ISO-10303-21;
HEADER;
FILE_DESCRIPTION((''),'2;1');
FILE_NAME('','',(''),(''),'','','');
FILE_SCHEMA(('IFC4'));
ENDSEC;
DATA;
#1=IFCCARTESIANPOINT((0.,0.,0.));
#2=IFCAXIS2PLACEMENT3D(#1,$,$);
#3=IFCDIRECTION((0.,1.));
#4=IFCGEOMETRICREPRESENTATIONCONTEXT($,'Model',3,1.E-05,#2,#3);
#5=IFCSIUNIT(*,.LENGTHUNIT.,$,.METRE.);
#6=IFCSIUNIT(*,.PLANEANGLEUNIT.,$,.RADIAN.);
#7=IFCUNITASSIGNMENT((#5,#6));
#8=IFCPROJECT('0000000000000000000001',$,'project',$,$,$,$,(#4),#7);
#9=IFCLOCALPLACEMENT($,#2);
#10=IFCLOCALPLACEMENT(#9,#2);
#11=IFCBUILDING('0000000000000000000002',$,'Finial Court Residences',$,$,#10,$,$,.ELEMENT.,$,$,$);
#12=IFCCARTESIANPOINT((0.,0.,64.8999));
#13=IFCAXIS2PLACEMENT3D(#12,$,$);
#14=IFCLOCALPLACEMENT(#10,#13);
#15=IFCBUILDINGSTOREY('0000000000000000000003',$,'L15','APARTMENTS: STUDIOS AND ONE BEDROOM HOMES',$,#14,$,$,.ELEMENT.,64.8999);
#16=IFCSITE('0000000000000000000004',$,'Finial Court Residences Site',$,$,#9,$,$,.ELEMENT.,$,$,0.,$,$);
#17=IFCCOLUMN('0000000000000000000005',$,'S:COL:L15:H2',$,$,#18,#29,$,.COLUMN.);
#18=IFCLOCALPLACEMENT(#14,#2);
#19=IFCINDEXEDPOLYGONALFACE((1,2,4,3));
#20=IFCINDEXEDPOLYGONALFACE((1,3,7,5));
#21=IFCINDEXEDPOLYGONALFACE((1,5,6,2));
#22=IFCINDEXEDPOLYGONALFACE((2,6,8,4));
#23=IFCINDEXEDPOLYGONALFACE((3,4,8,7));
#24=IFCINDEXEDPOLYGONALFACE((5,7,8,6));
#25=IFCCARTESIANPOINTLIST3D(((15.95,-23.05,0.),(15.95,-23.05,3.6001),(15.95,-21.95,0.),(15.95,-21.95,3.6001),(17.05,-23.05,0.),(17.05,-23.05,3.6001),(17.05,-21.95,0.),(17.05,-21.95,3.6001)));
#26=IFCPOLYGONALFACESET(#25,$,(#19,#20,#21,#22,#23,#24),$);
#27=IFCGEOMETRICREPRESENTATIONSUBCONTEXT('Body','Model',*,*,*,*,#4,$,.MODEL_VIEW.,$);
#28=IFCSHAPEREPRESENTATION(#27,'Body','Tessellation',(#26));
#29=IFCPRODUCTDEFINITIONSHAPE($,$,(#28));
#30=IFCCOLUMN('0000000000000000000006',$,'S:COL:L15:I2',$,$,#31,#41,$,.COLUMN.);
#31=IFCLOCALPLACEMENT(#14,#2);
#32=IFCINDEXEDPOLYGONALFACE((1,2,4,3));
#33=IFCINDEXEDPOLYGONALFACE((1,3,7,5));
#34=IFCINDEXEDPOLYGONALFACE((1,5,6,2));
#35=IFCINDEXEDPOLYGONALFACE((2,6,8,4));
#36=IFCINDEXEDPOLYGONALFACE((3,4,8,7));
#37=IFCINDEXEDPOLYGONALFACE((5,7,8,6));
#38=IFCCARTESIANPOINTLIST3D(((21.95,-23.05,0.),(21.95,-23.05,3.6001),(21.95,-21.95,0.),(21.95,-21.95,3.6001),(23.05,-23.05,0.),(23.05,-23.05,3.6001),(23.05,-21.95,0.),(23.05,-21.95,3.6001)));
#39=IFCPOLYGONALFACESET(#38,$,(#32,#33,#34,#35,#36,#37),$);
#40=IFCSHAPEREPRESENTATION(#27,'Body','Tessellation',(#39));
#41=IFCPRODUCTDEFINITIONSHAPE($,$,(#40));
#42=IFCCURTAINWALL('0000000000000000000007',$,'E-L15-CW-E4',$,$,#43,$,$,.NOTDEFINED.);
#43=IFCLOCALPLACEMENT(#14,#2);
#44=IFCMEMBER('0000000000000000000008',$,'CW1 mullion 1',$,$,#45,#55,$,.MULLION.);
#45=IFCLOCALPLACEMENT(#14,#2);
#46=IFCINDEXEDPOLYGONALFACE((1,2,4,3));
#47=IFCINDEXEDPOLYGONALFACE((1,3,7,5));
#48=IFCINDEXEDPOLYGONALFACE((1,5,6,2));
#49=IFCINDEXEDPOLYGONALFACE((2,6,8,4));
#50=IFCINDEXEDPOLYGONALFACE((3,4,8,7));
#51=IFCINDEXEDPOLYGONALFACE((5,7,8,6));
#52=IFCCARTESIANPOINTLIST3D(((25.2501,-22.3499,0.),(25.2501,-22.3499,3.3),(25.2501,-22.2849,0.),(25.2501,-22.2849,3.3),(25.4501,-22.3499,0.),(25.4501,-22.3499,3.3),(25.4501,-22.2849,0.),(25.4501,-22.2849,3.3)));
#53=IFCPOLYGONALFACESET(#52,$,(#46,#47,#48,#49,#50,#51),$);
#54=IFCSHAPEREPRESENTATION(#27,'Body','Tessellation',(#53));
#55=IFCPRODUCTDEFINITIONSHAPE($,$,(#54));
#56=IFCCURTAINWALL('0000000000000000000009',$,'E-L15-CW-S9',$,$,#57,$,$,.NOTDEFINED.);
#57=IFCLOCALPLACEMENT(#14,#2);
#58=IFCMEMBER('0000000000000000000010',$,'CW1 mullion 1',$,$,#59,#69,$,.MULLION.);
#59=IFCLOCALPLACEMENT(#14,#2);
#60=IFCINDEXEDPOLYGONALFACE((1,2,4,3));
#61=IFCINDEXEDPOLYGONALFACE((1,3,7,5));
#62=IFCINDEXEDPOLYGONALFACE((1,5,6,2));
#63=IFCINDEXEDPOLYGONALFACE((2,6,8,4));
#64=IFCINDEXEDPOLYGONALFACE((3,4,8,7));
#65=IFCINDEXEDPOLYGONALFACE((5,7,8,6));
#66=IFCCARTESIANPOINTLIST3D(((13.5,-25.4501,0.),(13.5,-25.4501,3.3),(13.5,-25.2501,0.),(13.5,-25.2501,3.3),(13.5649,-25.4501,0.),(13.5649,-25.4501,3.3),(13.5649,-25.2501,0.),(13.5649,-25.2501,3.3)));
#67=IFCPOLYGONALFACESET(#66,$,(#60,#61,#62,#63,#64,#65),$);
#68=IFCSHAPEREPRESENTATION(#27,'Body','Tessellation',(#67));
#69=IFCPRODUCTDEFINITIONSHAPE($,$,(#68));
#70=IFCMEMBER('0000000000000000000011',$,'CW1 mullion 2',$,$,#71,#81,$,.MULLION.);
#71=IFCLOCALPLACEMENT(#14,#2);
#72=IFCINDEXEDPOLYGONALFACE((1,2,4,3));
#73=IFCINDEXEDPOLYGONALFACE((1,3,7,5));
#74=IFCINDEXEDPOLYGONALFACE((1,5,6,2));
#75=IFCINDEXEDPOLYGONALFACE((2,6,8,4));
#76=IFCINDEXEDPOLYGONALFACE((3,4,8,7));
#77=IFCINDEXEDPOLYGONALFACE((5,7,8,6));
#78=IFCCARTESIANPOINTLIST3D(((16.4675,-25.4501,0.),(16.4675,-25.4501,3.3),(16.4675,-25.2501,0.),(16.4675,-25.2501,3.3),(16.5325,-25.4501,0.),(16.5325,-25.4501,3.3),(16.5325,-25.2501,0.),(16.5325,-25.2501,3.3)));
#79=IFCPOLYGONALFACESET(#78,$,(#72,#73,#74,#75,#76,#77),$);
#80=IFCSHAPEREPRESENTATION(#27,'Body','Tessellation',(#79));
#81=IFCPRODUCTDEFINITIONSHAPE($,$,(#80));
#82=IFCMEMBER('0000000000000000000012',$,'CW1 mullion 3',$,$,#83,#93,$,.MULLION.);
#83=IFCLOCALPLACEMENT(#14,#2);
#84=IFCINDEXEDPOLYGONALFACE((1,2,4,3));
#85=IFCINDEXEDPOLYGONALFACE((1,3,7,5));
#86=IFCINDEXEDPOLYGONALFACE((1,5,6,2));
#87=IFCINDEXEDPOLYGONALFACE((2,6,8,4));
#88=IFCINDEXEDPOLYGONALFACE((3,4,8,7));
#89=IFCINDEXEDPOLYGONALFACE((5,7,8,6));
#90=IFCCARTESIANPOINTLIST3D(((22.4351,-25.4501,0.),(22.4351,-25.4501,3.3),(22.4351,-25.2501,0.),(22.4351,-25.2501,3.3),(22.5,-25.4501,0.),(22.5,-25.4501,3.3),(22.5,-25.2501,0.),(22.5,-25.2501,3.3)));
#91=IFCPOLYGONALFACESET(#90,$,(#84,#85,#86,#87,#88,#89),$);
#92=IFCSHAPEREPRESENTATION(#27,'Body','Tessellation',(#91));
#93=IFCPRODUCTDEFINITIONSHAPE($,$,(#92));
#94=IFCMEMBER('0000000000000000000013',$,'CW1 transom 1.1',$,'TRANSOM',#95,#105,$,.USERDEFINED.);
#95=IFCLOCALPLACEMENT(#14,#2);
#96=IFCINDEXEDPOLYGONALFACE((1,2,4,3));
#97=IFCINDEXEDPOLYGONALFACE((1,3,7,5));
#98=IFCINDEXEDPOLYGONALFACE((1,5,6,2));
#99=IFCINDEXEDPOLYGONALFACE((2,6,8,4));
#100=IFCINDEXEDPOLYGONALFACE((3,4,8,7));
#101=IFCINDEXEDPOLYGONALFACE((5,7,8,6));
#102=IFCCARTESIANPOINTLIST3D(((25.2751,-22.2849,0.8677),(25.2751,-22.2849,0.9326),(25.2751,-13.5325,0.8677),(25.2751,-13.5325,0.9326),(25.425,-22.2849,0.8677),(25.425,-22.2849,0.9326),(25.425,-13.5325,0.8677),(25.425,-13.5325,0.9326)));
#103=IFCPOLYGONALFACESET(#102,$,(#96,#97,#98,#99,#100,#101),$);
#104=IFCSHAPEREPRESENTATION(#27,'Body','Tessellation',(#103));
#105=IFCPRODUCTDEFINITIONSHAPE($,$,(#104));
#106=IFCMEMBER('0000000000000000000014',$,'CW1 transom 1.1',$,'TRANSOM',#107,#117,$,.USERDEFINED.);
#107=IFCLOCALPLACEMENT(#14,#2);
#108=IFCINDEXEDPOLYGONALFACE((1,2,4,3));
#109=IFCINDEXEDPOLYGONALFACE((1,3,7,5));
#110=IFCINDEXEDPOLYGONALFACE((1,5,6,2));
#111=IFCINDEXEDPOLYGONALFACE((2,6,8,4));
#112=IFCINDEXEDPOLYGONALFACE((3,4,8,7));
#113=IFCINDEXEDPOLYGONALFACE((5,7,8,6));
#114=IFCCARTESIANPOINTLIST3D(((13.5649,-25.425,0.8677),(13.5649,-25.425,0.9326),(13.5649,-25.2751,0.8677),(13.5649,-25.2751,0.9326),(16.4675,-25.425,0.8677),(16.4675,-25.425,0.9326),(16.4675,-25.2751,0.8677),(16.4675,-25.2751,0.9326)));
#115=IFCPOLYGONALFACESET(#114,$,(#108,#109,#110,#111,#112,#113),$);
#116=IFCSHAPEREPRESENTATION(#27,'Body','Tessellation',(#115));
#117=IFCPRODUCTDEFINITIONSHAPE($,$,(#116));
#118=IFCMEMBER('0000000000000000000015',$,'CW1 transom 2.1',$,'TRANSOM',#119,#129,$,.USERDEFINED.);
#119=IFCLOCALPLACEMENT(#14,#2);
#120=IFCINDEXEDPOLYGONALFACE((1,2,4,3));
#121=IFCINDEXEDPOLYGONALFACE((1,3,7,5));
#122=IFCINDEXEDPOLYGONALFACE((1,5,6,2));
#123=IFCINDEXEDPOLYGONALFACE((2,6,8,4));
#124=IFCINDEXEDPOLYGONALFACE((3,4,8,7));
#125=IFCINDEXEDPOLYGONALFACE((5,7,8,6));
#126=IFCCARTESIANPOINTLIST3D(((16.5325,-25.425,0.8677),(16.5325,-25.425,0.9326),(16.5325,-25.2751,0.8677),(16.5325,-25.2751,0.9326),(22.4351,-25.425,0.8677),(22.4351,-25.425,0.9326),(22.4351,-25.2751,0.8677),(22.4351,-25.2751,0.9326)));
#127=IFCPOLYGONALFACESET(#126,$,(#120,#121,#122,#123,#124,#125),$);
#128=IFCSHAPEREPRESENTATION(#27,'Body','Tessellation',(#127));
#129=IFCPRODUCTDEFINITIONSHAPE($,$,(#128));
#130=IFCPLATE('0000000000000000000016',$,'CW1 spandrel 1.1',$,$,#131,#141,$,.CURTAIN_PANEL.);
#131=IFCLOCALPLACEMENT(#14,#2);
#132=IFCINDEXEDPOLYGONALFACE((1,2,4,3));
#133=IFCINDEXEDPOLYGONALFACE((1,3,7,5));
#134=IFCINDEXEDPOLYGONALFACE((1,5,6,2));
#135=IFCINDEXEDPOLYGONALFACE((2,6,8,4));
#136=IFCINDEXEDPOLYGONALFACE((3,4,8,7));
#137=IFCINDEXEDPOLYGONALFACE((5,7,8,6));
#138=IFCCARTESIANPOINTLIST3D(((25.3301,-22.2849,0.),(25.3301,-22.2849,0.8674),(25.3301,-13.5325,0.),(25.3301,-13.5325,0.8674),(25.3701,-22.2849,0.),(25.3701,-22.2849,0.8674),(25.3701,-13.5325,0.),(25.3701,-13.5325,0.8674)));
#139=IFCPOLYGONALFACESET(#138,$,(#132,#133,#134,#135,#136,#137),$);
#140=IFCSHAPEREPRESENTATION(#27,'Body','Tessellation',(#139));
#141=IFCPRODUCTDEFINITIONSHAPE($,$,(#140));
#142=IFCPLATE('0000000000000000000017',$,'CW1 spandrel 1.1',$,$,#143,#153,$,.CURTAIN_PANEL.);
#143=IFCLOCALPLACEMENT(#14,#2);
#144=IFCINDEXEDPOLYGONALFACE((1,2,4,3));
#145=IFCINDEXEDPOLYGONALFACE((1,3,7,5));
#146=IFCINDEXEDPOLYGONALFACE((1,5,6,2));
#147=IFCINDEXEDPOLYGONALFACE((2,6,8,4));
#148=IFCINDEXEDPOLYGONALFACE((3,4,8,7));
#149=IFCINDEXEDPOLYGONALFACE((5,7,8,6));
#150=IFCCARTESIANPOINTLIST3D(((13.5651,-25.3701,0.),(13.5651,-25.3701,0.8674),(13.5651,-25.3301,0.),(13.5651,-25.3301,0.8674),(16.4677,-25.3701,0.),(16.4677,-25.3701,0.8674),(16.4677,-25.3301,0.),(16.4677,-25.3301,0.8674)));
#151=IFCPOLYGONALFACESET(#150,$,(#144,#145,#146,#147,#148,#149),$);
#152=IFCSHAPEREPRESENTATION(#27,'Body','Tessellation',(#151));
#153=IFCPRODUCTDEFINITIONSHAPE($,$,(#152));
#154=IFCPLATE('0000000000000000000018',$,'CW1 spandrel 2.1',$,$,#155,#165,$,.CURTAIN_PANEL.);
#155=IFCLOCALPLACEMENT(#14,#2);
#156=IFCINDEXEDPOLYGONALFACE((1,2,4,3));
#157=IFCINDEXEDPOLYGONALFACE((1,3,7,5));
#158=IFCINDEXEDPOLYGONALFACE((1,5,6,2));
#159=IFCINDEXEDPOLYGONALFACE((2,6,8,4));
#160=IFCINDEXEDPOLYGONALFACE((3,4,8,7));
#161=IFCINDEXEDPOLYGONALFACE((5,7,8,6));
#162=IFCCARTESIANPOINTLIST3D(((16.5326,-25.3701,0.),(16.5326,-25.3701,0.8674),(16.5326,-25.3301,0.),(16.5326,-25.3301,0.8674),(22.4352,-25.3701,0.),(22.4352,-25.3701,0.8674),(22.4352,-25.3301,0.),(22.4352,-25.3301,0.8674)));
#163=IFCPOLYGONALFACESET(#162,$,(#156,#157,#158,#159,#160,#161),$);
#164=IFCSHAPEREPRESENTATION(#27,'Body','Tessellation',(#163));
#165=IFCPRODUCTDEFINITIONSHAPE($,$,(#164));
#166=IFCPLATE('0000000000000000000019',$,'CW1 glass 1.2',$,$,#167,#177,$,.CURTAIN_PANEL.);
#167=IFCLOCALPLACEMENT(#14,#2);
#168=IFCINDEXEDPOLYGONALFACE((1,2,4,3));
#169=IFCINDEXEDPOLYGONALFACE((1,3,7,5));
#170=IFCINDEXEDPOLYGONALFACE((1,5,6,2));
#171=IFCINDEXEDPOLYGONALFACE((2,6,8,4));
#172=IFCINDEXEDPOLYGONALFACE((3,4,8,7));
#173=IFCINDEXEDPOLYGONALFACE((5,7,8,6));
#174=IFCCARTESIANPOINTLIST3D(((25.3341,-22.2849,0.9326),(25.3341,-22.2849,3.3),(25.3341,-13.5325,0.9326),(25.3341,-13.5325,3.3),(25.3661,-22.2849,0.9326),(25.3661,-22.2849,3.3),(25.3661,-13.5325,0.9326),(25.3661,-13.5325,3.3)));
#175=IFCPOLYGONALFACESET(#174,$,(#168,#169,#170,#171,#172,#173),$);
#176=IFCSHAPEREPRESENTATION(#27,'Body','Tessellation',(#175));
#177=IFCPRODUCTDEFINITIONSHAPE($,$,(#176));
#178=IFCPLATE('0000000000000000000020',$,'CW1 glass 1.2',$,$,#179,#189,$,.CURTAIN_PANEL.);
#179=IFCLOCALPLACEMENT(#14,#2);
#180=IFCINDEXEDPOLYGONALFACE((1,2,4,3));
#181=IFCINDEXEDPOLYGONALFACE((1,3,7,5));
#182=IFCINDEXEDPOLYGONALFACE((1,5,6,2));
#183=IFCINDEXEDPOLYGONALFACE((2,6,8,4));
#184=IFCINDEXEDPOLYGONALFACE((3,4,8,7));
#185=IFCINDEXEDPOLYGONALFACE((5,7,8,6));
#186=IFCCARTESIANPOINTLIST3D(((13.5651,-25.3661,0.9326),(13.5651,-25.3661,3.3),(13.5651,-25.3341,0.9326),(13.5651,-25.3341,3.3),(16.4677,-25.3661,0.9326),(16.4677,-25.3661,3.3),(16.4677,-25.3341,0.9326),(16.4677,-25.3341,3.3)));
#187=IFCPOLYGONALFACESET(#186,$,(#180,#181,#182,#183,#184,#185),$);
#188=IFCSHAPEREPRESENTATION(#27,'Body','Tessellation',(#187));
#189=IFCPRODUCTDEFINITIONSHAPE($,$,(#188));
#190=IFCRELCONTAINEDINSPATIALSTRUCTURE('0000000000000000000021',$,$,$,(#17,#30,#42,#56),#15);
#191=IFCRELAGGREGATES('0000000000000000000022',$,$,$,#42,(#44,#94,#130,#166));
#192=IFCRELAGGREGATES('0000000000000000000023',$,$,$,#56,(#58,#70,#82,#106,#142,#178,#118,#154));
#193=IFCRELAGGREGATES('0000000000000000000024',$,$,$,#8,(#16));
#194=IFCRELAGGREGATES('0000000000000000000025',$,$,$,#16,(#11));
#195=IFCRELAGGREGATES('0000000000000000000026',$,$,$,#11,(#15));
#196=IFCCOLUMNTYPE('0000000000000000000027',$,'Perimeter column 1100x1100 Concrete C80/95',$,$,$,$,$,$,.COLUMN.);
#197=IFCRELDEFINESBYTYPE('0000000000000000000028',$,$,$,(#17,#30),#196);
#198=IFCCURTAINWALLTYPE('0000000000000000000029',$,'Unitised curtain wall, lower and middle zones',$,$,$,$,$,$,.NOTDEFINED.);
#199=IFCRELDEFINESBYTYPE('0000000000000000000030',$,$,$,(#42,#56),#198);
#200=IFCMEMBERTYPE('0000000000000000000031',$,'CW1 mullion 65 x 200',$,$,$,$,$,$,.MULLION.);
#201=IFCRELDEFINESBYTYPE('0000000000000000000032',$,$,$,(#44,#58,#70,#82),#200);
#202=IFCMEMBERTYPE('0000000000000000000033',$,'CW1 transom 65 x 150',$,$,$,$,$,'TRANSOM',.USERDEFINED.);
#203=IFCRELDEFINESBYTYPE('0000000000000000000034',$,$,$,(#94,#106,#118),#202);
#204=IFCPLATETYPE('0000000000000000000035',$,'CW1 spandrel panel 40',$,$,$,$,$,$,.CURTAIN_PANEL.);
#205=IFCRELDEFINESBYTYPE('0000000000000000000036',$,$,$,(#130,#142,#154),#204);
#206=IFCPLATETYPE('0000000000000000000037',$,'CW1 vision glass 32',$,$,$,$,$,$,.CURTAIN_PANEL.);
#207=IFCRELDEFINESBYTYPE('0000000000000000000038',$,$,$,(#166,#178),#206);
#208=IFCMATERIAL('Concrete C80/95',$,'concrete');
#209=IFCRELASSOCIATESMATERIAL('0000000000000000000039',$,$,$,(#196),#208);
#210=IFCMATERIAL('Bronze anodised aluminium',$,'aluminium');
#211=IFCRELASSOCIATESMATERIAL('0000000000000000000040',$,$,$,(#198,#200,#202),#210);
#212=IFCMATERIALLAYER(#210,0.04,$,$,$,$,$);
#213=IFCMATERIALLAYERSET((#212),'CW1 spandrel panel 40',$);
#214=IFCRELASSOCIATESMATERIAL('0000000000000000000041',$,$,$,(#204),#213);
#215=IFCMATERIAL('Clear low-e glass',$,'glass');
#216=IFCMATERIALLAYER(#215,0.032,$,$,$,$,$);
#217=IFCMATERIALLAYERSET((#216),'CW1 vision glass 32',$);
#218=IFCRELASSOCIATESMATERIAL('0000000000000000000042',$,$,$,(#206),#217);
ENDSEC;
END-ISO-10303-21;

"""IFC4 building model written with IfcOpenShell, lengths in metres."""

from ifc_helpers import new_model, si_unit, direction, frame, origin, origin_2d, place, context, subcontext, project, spatial, rectangle, extrude, material, layer, layer_set, material_profile, profile_set, type_object, element, aggregate, save


model = new_model("IFC4")

# Units and contexts
model_context = context("Model", 3, precision=1e-05, world=origin(), true_north=direction((0.0, 1.0)))
body_context = subcontext(model_context, "Body", "Model", "MODEL_VIEW")
ifc_project = project(units=[si_unit("LENGTHUNIT", "METRE"), si_unit("PLANEANGLEUNIT", "RADIAN")], contexts=[model_context])

# Site, building, storey
site_placement = place(None, origin())
site = spatial("IfcSite", under=ifc_project, at=site_placement, Name="Finial Court Residences Site", CompositionType="ELEMENT", RefElevation=0.0)
building_placement = place(site_placement, origin())
building = spatial("IfcBuilding", under=site, at=building_placement, Name="Finial Court Residences", CompositionType="ELEMENT")
storey_placement = place(building_placement, frame((0.0, 0.0, 64.8999)))
storey = spatial("IfcBuildingStorey", under=building, at=storey_placement, Name="L15", Description="APARTMENTS: STUDIOS AND ONE BEDROOM HOMES", CompositionType="ELEMENT", Elevation=64.8999)

# Columns
ifc_material_1 = material(Name="Concrete C80/95", Category="concrete")
ifc_material_profile_1 = material_profile(ifc_material_1, rectangle(XDim=1.1001, YDim=1.1001, at=origin_2d()), Name="1100x1100")
ifc_profile_set_1 = profile_set([ifc_material_profile_1], Name="Concrete C80/95")
column_type = type_object("IfcColumnType", Name="Perimeter column 1100x1100 Concrete C80/95", PredefinedType="COLUMN", material=ifc_profile_set_1)
for number, where, z_axis, x_axis, name in (
    (1, (16.5, -22.5, 0.0), (0.0, 0.0, 1.0), (1.0, 0.0, 0.0), "S:COL:L15:H2"),
    (2, (22.5, -22.5, 0.0), (0.0, 0.0, 1.0), (1.0, 0.0, 0.0), "S:COL:L15:I2"),
):
    element("IfcColumn", number, at=place(storey_placement, frame(where, z_axis=z_axis, x_axis=x_axis)), inside=storey, type_object=column_type, Name=name, PredefinedType="COLUMN", context=body_context, shape_type="SweptSolid", body=[
        extrude(rectangle(XDim=1.1001, YDim=1.1001, at=origin_2d()), origin(), (0.0, 0.0, 1.0), 3.6001),
    ])

# Curtain wall, member
ifc_material_2 = material(Name="Bronze anodised aluminium", Category="aluminium")
curtain_wall_type = type_object("IfcCurtainWallType", Name="Unitised curtain wall, lower and middle zones", PredefinedType="NOTDEFINED", material=ifc_material_2)
curtain_wall_1_placement = place(storey_placement, origin())
curtain_wall_1 = element("IfcCurtainWall", 3, at=curtain_wall_1_placement, inside=storey, type_object=curtain_wall_type, Name="E-L15-CW-E4", PredefinedType="NOTDEFINED")
ifc_material_profile_2 = material_profile(ifc_material_2, rectangle(XDim=0.2, YDim=0.0649, at=origin_2d()), Name="CW1 mullion 65 x 200")
ifc_profile_set_2 = profile_set([ifc_material_profile_2], Name="Bronze anodised aluminium")
member_type_1 = type_object("IfcMemberType", Name="CW1 mullion 65 x 200", PredefinedType="MULLION", material=ifc_profile_set_2)
member_1_placement = place(storey_placement, frame((25.3501, -22.3174, 0.0), z_axis=(0.0, 0.0, 1.0), x_axis=(-1.0, 0.0, 0.0)))
member_1 = element("IfcMember", 4, at=member_1_placement, type_object=member_type_1, Name="CW1 mullion 1", PredefinedType="MULLION", context=body_context, shape_type="SweptSolid", body=[
    extrude(rectangle(XDim=0.2, YDim=0.0649, at=origin_2d()), origin(), (0.0, 0.0, 1.0), 3.3),
])

# Curtain wall, members
curtain_wall_2_placement = place(storey_placement, origin())
curtain_wall_2 = element("IfcCurtainWall", 5, at=curtain_wall_2_placement, inside=storey, type_object=curtain_wall_type, Name="E-L15-CW-S9", PredefinedType="NOTDEFINED")
member_2_placement = place(storey_placement, frame((13.5325, -25.3501, 0.0), z_axis=(0.0, 0.0, 1.0), x_axis=(0.0, 1.0, 0.0)))
member_2 = element("IfcMember", 6, at=member_2_placement, type_object=member_type_1, Name="CW1 mullion 1", PredefinedType="MULLION", context=body_context, shape_type="SweptSolid", body=[
    extrude(rectangle(XDim=0.2, YDim=0.0649, at=origin_2d()), origin(), (0.0, 0.0, 1.0), 3.3),
])
member_3_placement = place(storey_placement, frame((16.5, -25.3501, 0.0), z_axis=(0.0, 0.0, 1.0), x_axis=(0.0, 1.0, 0.0)))
member_3 = element("IfcMember", 7, at=member_3_placement, type_object=member_type_1, Name="CW1 mullion 2", PredefinedType="MULLION", context=body_context, shape_type="SweptSolid", body=[
    extrude(rectangle(XDim=0.2, YDim=0.0649, at=origin_2d()), origin(), (0.0, 0.0, 1.0), 3.3),
])
member_4_placement = place(storey_placement, frame((22.4675, -25.3501, 0.0), z_axis=(0.0, 0.0, 1.0), x_axis=(0.0, 1.0, 0.0)))
member_4 = element("IfcMember", 8, at=member_4_placement, type_object=member_type_1, Name="CW1 mullion 3", PredefinedType="MULLION", context=body_context, shape_type="SweptSolid", body=[
    extrude(rectangle(XDim=0.2, YDim=0.0649, at=origin_2d()), origin(), (0.0, 0.0, 1.0), 3.3),
])

# Members
ifc_material_profile_3 = material_profile(ifc_material_2, rectangle(XDim=0.1499, YDim=0.0649, at=origin_2d()), Name="CW1 transom 65 x 150")
ifc_profile_set_3 = profile_set([ifc_material_profile_3], Name="Bronze anodised aluminium")
member_type_2 = type_object("IfcMemberType", Name="CW1 transom 65 x 150", ElementType="TRANSOM", PredefinedType="USERDEFINED", material=ifc_profile_set_3)
member_5_placement = place(storey_placement, frame((25.3501, -22.2849, 0.9001), z_axis=(0.0, 1.0, 0.0), x_axis=(-1.0, 0.0, 0.0)))
member_5 = element("IfcMember", 9, at=member_5_placement, type_object=member_type_2, Name="CW1 transom 1.1", ObjectType="TRANSOM", PredefinedType="USERDEFINED", context=body_context, shape_type="SweptSolid", body=[
    extrude(rectangle(XDim=0.1499, YDim=0.0649, at=origin_2d()), origin(), (0.0, 0.0, 1.0), 8.7524),
])
member_6_placement = place(storey_placement, frame((13.5649, -25.3501, 0.9001), z_axis=(1.0, 0.0, 0.0), x_axis=(0.0, 1.0, 0.0)))
member_6 = element("IfcMember", 10, at=member_6_placement, type_object=member_type_2, Name="CW1 transom 1.1", ObjectType="TRANSOM", PredefinedType="USERDEFINED", context=body_context, shape_type="SweptSolid", body=[
    extrude(rectangle(XDim=0.1499, YDim=0.0649, at=origin_2d()), origin(), (0.0, 0.0, 1.0), 2.9026),
])
member_7_placement = place(storey_placement, frame((16.5325, -25.3501, 0.9001), z_axis=(1.0, 0.0, 0.0), x_axis=(0.0, 1.0, 0.0)))
member_7 = element("IfcMember", 11, at=member_7_placement, type_object=member_type_2, Name="CW1 transom 2.1", ObjectType="TRANSOM", PredefinedType="USERDEFINED", context=body_context, shape_type="SweptSolid", body=[
    extrude(rectangle(XDim=0.1499, YDim=0.0649, at=origin_2d()), origin(), (0.0, 0.0, 1.0), 5.9026),
])

# Plates
ifc_layer_1 = layer(ifc_material_2, 0.04)
ifc_layer_set_1 = layer_set([ifc_layer_1], Name="CW1 spandrel panel 40")
plate_type_1 = type_object("IfcPlateType", Name="CW1 spandrel panel 40", PredefinedType="CURTAIN_PANEL", material=ifc_layer_set_1)
plate_1_placement = place(storey_placement, frame((25.3501, -17.9087, 0.0), z_axis=(0.0, 0.0, 1.0), x_axis=(0.0, 1.0, 0.0)))
plate_1 = element("IfcPlate", 12, at=plate_1_placement, type_object=plate_type_1, Name="CW1 spandrel 1.1", PredefinedType="CURTAIN_PANEL", context=body_context, shape_type="SweptSolid", body=[
    extrude(rectangle(XDim=8.7524, YDim=0.04, at=origin_2d()), origin(), (0.0, 0.0, 1.0), 0.8674),
])
plate_2_placement = place(storey_placement, frame((15.0164, -25.3501, 0.0), z_axis=(0.0, 0.0, 1.0), x_axis=(1.0, 0.0, 0.0)))
plate_2 = element("IfcPlate", 13, at=plate_2_placement, type_object=plate_type_1, Name="CW1 spandrel 1.1", PredefinedType="CURTAIN_PANEL", context=body_context, shape_type="SweptSolid", body=[
    extrude(rectangle(XDim=2.9026, YDim=0.04, at=origin_2d()), origin(), (0.0, 0.0, 1.0), 0.8674),
])
plate_3_placement = place(storey_placement, frame((19.4839, -25.3501, 0.0), z_axis=(0.0, 0.0, 1.0), x_axis=(1.0, 0.0, 0.0)))
plate_3 = element("IfcPlate", 14, at=plate_3_placement, type_object=plate_type_1, Name="CW1 spandrel 2.1", PredefinedType="CURTAIN_PANEL", context=body_context, shape_type="SweptSolid", body=[
    extrude(rectangle(XDim=5.9026, YDim=0.04, at=origin_2d()), origin(), (0.0, 0.0, 1.0), 0.8674),
])
ifc_material_3 = material(Name="Clear low-e glass", Category="glass")
ifc_layer_2 = layer(ifc_material_3, 0.032)
ifc_layer_set_2 = layer_set([ifc_layer_2], Name="CW1 vision glass 32")
plate_type_2 = type_object("IfcPlateType", Name="CW1 vision glass 32", PredefinedType="CURTAIN_PANEL", material=ifc_layer_set_2)
plate_4_placement = place(storey_placement, frame((25.3501, -17.9087, 0.9326), z_axis=(0.0, 0.0, 1.0), x_axis=(0.0, 1.0, 0.0)))
plate_4 = element("IfcPlate", 15, at=plate_4_placement, type_object=plate_type_2, Name="CW1 glass 1.2", PredefinedType="CURTAIN_PANEL", context=body_context, shape_type="SweptSolid", body=[
    extrude(rectangle(XDim=8.7524, YDim=0.032, at=origin_2d()), origin(), (0.0, 0.0, 1.0), 2.3674),
])
aggregate(curtain_wall_1, [member_1, member_5, plate_1, plate_4])
plate_5_placement = place(storey_placement, frame((15.0164, -25.3501, 0.9326), z_axis=(0.0, 0.0, 1.0), x_axis=(1.0, 0.0, 0.0)))
plate_5 = element("IfcPlate", 16, at=plate_5_placement, type_object=plate_type_2, Name="CW1 glass 1.2", PredefinedType="CURTAIN_PANEL", context=body_context, shape_type="SweptSolid", body=[
    extrude(rectangle(XDim=2.9026, YDim=0.032, at=origin_2d()), origin(), (0.0, 0.0, 1.0), 2.3674),
])
aggregate(curtain_wall_2, [member_2, member_3, member_4, member_6, plate_2, plate_5, member_7, plate_3])

save(model, "model.ifc")
